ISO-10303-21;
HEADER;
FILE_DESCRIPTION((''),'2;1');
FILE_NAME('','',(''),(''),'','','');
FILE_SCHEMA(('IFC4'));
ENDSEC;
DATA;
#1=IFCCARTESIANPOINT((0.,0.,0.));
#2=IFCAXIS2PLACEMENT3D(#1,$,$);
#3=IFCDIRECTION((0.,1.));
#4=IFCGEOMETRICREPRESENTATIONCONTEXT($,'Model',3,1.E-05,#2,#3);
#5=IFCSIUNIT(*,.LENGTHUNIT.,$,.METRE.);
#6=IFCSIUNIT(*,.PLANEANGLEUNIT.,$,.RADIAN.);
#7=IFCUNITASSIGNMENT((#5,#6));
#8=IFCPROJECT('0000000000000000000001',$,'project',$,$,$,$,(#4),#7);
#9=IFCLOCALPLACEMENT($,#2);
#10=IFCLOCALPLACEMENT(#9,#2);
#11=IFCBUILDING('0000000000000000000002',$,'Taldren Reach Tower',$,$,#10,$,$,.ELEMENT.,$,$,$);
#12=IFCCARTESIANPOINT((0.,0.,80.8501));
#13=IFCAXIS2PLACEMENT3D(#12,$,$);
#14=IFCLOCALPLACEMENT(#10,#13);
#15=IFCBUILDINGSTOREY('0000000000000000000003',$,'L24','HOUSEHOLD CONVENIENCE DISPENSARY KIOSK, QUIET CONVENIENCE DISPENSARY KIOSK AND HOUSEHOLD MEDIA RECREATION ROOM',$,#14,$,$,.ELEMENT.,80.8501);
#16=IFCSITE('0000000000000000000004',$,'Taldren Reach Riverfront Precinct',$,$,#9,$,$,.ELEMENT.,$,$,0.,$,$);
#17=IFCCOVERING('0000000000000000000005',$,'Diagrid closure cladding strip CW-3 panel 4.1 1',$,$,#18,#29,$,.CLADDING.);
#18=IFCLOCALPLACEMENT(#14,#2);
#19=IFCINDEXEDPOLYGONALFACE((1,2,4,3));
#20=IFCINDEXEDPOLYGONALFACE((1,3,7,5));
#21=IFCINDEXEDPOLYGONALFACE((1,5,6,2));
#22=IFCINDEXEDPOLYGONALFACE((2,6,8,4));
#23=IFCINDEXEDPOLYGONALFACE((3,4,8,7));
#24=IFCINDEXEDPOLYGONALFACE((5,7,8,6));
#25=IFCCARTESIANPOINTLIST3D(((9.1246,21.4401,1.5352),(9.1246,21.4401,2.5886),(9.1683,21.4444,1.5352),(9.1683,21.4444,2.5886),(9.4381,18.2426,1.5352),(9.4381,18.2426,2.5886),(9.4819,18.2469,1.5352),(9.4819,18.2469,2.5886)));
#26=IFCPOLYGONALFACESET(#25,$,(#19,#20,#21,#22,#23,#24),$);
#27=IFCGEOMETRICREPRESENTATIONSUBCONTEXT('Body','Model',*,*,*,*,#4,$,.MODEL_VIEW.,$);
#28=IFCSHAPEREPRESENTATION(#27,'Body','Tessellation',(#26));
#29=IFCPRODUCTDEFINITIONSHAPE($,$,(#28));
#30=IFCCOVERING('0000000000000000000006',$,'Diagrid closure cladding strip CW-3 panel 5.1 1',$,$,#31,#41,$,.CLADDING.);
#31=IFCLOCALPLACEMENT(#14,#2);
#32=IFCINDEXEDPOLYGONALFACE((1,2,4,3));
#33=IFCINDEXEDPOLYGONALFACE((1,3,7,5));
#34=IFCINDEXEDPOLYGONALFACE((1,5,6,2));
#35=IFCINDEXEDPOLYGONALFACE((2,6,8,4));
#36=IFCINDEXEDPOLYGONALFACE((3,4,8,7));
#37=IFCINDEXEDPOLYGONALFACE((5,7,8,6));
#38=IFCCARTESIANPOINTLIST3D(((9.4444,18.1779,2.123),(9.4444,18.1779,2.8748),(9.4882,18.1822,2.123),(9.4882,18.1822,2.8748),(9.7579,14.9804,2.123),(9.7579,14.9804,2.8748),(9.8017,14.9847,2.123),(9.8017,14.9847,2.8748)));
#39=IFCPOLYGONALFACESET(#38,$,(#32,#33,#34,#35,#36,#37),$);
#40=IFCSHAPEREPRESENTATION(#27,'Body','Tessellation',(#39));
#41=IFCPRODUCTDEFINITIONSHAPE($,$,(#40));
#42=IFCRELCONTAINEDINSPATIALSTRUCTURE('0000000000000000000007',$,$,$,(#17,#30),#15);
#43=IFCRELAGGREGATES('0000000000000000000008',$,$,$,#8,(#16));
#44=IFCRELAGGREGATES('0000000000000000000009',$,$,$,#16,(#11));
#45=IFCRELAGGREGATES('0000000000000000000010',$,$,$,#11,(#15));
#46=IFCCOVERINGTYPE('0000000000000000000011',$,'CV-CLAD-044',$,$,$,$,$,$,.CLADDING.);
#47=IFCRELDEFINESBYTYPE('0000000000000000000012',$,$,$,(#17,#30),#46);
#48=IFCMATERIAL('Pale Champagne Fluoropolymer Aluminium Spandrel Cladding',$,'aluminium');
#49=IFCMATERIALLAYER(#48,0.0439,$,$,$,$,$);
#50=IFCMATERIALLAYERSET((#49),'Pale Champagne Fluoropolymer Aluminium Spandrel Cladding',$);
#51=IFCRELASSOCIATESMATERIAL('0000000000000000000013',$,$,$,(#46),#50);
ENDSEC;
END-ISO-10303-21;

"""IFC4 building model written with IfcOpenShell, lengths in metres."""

from ifc_helpers import new_model, si_unit, direction, frame, origin, origin_2d, place, context, subcontext, project, spatial, rectangle, extrude, source, transform, mapped, material, layer, layer_set, type_object, element, save


model = new_model("IFC4")

# Units and contexts
model_context = context("Model", 3, precision=1e-05, world=origin(), true_north=direction((0.0, 1.0)))
body_context = subcontext(model_context, "Body", "Model", "MODEL_VIEW")
ifc_project = project(units=[si_unit("LENGTHUNIT", "METRE"), si_unit("PLANEANGLEUNIT", "RADIAN")], contexts=[model_context])

# Site, building, storey
site_placement = place(None, origin())
site = spatial("IfcSite", under=ifc_project, at=site_placement, Name="Taldren Reach Riverfront Precinct", CompositionType="ELEMENT", RefElevation=0.0)
building_placement = place(site_placement, origin())
building = spatial("IfcBuilding", under=site, at=building_placement, Name="Taldren Reach Tower", CompositionType="ELEMENT")
storey_placement = place(building_placement, frame((0.0, 0.0, 80.8501)))
storey = spatial("IfcBuildingStorey", under=building, at=storey_placement, Name="L24", Description="HOUSEHOLD CONVENIENCE DISPENSARY KIOSK, QUIET CONVENIENCE DISPENSARY KIOSK AND HOUSEHOLD MEDIA RECREATION ROOM", CompositionType="ELEMENT", Elevation=80.8501)

# Coverings
ifc_material_1 = material(Name="Pale Champagne Fluoropolymer Aluminium Spandrel Cladding", Category="aluminium")
ifc_layer_1 = layer(ifc_material_1, 0.0439)
ifc_layer_set_1 = layer_set([ifc_layer_1], Name="Pale Champagne Fluoropolymer Aluminium Spandrel Cladding")
covering_type = type_object("IfcCoveringType", Name="CV-CLAD-044", PredefinedType="CLADDING", material=ifc_layer_set_1)
shared_shape_1 = source(origin(), body_context, "Body", "SweptSolid", [
    extrude(rectangle(XDim=3.2129, YDim=0.0439, at=origin_2d()), origin(), (0.0, 0.0, 1.0), 1.0535),
])
covering_1_placement = place(storey_placement, frame((9.3032, 19.8435, 1.5352), z_axis=(0.0, 0.0, 1.0), x_axis=(0.097583, -0.995227, 0.0)))
element("IfcCovering", 1, at=covering_1_placement, inside=storey, type_object=covering_type, Name="Diagrid closure cladding strip CW-3 panel 4.1 1", PredefinedType="CLADDING", context=body_context, shape_type="MappedRepresentation", body=[
    mapped(shared_shape_1, transform((0.0, 0.0, 0.0), scale=1.0)),
])
shared_shape_2 = source(origin(), body_context, "Body", "SweptSolid", [
    extrude(rectangle(XDim=3.2129, YDim=0.0439, at=origin_2d()), origin(), (0.0, 0.0, 1.0), 0.7517),
])
covering_2_placement = place(storey_placement, frame((9.623, 16.5813, 2.123), z_axis=(0.0, 0.0, 1.0), x_axis=(0.097583, -0.995227, 0.0)))
element("IfcCovering", 2, at=covering_2_placement, inside=storey, type_object=covering_type, Name="Diagrid closure cladding strip CW-3 panel 5.1 1", PredefinedType="CLADDING", context=body_context, shape_type="MappedRepresentation", body=[
    mapped(shared_shape_2, transform((0.0, 0.0, 0.0), scale=1.0)),
])

save(model, "model.ifc")
